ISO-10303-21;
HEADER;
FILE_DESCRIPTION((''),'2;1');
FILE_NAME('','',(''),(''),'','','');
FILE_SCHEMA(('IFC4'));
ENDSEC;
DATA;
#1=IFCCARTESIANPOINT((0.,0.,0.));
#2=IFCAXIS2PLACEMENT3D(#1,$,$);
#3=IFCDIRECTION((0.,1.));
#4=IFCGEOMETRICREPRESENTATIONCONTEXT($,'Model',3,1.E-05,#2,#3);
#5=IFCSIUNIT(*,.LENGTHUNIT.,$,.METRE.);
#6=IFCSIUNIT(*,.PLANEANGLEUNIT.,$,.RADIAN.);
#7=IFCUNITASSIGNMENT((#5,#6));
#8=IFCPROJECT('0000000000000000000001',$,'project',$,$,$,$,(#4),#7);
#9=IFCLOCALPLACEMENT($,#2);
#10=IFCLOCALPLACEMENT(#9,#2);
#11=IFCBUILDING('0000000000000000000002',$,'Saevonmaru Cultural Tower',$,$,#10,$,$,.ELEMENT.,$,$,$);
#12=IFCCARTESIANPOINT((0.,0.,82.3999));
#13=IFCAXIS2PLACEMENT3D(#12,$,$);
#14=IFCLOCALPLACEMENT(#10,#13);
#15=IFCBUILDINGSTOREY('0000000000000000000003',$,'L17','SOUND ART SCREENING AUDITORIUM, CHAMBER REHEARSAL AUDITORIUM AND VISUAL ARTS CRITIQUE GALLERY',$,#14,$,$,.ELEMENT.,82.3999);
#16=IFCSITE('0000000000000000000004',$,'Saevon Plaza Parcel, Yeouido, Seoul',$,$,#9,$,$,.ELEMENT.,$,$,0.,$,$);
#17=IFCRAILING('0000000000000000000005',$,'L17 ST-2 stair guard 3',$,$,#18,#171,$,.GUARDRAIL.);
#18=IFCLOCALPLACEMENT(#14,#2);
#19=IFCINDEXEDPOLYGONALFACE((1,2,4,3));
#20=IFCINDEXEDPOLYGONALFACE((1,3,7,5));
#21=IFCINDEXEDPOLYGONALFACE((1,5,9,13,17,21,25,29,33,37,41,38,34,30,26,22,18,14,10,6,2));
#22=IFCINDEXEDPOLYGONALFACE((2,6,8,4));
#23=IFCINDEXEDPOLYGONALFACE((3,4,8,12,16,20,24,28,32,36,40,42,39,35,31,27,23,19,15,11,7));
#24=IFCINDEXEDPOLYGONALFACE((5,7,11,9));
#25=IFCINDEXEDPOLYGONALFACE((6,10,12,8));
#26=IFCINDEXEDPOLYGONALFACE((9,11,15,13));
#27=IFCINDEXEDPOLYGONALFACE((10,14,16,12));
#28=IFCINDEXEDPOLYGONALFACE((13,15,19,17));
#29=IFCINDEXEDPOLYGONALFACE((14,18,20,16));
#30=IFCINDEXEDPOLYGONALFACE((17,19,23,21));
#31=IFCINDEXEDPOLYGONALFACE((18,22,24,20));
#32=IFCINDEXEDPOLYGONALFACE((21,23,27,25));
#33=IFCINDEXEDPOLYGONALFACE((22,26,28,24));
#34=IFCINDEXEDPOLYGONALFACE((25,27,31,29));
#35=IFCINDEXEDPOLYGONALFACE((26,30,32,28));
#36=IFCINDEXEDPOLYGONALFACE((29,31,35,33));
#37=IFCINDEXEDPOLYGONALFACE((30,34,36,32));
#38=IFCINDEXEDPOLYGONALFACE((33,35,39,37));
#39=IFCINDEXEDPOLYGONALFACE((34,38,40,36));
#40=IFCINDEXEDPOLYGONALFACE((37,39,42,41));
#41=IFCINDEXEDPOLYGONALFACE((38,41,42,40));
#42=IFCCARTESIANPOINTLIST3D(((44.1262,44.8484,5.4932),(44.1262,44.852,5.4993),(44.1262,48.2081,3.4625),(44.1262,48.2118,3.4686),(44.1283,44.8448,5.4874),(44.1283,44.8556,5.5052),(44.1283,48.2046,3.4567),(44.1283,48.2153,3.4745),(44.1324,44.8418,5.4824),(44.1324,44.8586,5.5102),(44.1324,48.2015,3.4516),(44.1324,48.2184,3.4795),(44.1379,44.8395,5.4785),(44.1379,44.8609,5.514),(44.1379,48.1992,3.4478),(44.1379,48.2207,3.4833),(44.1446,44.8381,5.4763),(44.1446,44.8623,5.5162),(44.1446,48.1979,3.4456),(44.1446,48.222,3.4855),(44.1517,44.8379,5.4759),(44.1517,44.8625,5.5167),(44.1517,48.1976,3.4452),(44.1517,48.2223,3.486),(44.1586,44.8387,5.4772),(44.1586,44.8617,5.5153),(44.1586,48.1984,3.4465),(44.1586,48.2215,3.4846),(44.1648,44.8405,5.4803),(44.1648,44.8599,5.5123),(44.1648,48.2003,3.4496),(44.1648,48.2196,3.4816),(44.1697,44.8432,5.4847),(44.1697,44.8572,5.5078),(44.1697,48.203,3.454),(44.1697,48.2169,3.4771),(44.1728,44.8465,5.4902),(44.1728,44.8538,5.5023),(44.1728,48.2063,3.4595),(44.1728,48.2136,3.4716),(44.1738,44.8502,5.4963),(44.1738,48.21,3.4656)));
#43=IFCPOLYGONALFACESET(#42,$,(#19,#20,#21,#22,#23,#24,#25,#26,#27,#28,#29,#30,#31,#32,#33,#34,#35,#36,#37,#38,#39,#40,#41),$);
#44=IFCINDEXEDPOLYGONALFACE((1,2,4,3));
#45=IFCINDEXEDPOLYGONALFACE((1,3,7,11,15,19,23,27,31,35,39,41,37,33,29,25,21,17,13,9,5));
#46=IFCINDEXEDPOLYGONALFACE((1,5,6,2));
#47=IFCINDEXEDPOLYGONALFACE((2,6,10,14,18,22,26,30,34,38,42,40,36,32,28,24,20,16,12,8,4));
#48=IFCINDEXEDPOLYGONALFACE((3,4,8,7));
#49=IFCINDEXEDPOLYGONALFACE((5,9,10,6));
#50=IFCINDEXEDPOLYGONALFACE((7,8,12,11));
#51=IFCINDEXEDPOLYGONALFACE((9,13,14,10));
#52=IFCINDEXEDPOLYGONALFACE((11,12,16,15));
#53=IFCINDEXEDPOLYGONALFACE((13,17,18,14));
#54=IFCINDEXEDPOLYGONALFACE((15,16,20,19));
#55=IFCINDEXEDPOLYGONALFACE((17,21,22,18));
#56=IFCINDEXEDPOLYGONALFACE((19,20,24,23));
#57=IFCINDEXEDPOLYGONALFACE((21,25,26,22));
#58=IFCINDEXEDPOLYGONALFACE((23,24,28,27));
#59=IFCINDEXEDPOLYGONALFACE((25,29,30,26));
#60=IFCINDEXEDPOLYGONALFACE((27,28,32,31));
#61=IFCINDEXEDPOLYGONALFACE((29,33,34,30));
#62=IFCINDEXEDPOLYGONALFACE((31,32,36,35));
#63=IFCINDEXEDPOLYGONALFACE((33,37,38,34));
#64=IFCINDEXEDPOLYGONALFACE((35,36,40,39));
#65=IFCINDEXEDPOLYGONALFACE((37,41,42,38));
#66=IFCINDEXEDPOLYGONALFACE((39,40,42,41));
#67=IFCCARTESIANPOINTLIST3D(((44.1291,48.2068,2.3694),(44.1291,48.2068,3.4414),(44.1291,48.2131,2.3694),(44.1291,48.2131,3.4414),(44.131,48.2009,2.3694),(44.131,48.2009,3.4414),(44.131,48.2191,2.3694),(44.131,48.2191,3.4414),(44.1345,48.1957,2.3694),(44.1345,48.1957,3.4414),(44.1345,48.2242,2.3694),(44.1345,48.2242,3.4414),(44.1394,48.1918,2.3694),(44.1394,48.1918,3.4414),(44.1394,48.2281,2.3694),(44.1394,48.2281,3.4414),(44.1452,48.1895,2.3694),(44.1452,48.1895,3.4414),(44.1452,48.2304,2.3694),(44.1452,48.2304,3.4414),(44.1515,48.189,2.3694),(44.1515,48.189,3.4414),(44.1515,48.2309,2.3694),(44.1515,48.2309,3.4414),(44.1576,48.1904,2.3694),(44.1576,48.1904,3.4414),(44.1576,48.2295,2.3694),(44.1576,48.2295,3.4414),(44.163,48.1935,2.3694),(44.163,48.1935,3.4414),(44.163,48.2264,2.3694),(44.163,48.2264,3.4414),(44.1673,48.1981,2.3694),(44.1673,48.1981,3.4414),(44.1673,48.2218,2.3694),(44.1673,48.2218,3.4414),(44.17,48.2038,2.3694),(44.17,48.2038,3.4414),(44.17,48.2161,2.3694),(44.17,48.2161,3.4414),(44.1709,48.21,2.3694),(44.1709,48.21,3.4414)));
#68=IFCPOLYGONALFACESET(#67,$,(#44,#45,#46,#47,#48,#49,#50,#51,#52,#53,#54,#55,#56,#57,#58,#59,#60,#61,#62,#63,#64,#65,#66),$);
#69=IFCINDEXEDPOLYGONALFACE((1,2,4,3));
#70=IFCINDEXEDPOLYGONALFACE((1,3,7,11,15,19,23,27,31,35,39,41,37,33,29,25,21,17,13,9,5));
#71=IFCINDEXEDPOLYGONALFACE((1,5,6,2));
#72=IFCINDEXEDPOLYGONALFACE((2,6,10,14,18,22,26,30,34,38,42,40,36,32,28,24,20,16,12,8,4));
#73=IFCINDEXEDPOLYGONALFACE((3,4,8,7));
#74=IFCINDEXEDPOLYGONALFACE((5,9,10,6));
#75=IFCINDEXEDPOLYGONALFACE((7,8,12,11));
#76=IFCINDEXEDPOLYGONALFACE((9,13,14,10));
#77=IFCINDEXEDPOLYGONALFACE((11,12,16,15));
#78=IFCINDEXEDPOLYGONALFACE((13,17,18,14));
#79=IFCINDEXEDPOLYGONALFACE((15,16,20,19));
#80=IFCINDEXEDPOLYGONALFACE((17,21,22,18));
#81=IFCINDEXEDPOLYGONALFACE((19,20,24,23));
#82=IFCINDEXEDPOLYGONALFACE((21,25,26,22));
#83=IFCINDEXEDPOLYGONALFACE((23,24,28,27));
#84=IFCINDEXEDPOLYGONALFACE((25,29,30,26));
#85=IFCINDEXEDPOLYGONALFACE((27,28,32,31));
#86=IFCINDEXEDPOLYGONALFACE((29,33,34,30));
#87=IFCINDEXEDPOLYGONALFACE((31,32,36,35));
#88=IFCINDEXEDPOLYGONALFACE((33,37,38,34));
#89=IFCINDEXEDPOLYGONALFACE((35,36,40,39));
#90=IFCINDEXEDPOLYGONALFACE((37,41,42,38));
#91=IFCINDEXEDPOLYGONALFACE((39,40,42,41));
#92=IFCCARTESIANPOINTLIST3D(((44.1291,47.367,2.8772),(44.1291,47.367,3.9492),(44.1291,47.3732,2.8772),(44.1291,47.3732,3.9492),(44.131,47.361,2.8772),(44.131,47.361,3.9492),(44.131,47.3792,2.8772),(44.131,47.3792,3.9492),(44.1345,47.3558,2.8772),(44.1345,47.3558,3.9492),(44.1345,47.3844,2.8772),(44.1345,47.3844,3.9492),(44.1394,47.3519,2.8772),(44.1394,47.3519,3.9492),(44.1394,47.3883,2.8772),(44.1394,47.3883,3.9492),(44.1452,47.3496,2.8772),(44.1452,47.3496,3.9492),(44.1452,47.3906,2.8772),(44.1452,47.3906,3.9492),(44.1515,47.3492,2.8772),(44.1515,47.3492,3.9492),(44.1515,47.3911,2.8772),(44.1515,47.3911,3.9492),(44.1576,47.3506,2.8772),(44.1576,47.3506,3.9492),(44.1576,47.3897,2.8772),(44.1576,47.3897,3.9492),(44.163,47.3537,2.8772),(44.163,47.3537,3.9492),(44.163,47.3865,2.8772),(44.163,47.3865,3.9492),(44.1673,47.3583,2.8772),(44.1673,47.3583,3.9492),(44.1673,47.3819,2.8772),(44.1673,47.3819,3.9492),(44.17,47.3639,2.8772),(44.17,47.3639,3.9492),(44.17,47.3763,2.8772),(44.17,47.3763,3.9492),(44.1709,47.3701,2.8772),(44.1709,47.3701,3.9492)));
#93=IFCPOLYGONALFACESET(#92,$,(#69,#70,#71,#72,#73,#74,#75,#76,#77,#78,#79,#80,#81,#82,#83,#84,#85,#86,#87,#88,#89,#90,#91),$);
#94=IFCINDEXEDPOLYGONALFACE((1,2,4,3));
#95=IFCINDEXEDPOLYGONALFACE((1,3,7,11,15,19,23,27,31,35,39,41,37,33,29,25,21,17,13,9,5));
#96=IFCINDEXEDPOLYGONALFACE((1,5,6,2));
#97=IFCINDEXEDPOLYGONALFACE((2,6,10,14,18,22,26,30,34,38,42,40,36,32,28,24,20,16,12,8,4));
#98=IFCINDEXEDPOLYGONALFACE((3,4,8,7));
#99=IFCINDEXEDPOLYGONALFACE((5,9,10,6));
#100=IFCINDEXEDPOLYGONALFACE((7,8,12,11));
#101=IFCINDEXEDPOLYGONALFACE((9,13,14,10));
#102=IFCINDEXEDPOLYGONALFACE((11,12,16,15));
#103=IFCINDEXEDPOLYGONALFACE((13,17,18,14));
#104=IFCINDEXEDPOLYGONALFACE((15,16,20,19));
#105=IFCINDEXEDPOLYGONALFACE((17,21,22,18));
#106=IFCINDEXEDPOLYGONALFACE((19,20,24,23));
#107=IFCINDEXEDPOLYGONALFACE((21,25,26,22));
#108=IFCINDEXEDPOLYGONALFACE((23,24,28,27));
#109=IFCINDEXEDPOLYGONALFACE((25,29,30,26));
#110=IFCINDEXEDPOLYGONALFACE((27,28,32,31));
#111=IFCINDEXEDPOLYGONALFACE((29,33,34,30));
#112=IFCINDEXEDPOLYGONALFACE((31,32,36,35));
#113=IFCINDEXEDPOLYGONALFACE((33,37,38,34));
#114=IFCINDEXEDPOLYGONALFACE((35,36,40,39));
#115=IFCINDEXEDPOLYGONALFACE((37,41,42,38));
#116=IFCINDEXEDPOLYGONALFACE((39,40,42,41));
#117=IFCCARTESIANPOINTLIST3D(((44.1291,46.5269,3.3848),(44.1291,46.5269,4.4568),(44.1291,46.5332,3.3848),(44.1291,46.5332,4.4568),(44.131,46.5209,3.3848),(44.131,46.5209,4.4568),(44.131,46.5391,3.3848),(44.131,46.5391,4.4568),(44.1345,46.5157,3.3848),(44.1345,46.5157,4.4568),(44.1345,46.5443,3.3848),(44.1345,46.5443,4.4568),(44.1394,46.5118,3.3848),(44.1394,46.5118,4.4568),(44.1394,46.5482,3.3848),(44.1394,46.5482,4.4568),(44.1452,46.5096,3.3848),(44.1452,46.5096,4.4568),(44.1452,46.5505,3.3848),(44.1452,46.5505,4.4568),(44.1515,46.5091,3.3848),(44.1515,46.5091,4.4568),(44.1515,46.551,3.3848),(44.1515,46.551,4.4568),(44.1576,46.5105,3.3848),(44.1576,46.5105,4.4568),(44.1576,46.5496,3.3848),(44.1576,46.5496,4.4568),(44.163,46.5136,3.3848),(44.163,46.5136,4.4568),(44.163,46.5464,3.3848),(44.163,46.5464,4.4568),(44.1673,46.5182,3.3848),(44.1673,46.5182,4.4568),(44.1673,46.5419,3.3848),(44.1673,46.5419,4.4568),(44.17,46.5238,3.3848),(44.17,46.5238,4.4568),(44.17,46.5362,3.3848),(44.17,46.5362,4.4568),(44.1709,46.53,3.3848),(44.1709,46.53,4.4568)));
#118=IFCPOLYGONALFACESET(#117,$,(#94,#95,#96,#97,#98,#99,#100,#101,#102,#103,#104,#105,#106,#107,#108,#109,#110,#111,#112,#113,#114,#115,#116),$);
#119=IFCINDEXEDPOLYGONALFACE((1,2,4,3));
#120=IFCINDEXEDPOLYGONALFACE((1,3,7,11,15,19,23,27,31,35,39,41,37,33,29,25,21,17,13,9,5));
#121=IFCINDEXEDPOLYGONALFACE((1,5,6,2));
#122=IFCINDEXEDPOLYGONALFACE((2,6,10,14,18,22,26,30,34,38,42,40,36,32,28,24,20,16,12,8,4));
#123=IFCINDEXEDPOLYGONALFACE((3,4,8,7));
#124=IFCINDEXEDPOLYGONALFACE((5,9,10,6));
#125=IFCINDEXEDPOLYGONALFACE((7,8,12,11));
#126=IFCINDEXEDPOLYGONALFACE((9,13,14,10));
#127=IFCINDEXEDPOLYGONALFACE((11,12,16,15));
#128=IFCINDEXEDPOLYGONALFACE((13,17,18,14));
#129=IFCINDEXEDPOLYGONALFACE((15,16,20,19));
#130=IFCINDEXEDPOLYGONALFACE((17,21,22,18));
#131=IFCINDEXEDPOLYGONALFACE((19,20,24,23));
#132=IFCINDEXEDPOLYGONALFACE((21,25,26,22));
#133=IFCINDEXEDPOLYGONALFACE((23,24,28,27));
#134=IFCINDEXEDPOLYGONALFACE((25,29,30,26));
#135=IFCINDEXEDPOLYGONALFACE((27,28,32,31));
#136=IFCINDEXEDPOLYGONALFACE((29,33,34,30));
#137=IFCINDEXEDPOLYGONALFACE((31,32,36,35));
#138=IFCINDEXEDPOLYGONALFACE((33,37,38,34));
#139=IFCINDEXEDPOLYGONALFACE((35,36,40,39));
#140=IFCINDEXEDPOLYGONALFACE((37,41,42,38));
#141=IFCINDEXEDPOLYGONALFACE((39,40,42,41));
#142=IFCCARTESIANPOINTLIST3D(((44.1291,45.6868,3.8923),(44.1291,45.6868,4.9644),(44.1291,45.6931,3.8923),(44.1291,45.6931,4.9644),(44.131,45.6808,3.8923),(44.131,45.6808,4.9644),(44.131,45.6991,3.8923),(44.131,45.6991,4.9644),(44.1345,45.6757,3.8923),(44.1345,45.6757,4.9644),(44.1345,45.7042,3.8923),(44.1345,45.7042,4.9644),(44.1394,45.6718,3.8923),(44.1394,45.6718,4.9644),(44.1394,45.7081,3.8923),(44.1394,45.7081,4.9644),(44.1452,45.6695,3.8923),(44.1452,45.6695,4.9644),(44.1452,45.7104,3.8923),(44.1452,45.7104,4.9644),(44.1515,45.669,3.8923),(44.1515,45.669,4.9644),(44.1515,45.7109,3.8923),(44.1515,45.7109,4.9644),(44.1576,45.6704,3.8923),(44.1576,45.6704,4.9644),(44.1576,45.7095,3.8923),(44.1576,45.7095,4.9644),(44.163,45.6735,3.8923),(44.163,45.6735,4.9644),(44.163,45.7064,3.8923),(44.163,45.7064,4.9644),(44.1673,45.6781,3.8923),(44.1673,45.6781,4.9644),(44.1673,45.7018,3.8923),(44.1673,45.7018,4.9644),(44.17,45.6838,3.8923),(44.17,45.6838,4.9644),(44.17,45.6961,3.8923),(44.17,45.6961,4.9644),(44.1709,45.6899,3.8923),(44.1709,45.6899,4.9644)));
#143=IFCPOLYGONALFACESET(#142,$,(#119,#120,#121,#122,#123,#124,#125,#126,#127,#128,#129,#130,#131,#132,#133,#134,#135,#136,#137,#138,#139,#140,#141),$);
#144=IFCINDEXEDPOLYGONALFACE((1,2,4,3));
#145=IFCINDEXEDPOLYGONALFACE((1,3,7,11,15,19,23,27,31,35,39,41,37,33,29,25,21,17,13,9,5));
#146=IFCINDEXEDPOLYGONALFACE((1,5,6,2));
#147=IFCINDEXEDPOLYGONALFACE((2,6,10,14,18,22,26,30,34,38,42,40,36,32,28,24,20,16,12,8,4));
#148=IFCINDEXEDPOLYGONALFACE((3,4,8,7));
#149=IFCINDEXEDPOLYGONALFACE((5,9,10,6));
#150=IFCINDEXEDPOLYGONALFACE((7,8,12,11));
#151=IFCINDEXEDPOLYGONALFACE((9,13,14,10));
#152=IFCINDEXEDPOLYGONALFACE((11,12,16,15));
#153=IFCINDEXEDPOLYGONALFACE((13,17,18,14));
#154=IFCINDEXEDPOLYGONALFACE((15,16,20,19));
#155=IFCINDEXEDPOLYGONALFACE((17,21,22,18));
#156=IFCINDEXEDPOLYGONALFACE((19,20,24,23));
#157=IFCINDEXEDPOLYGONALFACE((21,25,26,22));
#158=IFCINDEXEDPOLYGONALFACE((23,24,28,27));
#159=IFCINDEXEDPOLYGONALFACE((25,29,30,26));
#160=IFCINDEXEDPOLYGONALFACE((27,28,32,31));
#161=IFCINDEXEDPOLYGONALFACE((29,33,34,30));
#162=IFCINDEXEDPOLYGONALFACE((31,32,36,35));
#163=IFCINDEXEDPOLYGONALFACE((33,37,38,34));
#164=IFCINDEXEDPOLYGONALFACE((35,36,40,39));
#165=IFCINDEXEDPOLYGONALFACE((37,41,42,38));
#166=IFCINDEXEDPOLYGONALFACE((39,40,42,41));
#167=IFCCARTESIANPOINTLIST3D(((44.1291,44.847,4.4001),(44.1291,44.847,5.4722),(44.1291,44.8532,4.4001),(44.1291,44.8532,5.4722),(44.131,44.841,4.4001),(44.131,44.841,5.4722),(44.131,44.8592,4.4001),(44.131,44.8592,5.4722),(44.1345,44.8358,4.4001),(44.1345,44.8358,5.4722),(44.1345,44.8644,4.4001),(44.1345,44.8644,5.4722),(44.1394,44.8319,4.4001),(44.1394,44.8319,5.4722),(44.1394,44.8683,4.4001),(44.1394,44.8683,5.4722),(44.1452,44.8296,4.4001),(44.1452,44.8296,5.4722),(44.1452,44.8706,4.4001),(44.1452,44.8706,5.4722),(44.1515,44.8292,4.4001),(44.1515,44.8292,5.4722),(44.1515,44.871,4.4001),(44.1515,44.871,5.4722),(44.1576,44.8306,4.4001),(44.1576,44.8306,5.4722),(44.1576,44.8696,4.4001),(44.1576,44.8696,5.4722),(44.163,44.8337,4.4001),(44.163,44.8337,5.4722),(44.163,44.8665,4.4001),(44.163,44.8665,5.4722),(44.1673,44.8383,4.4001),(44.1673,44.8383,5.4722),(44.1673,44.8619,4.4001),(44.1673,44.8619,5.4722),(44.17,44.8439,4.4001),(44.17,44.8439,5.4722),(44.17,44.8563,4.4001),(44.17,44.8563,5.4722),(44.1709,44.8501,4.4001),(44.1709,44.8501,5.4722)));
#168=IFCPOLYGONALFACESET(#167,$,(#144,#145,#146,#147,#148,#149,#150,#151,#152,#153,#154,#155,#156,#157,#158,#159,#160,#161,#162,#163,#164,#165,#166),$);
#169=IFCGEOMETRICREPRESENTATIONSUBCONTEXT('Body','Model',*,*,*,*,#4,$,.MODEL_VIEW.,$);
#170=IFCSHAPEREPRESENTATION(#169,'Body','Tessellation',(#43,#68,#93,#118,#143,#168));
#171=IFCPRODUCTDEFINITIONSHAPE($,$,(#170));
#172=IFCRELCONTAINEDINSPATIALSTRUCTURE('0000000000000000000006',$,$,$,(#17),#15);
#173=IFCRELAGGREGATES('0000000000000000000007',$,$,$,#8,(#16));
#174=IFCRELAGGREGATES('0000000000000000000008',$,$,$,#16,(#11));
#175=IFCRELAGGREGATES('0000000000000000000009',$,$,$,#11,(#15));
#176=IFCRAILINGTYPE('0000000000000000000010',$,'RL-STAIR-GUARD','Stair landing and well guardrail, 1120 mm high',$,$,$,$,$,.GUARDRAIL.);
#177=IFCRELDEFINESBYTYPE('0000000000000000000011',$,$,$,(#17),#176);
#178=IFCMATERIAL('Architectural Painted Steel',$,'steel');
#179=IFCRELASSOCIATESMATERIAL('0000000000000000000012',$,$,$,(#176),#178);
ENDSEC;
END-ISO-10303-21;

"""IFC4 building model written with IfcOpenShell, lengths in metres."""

from ifc_helpers import new_model, si_unit, direction, frame, origin, origin_2d, place, context, subcontext, project, spatial, circle, extrude, material, type_object, element, save


model = new_model("IFC4")

# Units and contexts
model_context = context("Model", 3, precision=1e-05, world=origin(), true_north=direction((0.0, 1.0)))
body_context = subcontext(model_context, "Body", "Model", "MODEL_VIEW")
ifc_project = project(units=[si_unit("LENGTHUNIT", "METRE"), si_unit("PLANEANGLEUNIT", "RADIAN")], contexts=[model_context])

# Site, building, storey
site_placement = place(None, origin())
site = spatial("IfcSite", under=ifc_project, at=site_placement, Name="Saevon Plaza Parcel, Yeouido, Seoul", CompositionType="ELEMENT", RefElevation=0.0)
building_placement = place(site_placement, origin())
building = spatial("IfcBuilding", under=site, at=building_placement, Name="Saevonmaru Cultural Tower", CompositionType="ELEMENT")
storey_placement = place(building_placement, frame((0.0, 0.0, 82.3999)))
storey = spatial("IfcBuildingStorey", under=building, at=storey_placement, Name="L17", Description="SOUND ART SCREENING AUDITORIUM, CHAMBER REHEARSAL AUDITORIUM AND VISUAL ARTS CRITIQUE GALLERY", CompositionType="ELEMENT", Elevation=82.3999)

# Railing
ifc_material_1 = material(Name="Architectural Painted Steel", Category="steel")
railing_type = type_object("IfcRailingType", Name="RL-STAIR-GUARD", Description="Stair landing and well guardrail, 1120 mm high", PredefinedType="GUARDRAIL", material=ifc_material_1)
railing_1_placement = place(storey_placement, frame((44.1499, 48.21, 2.3694)))
element("IfcRailing", 1, at=railing_1_placement, inside=storey, type_object=railing_type, Name="L17 ST-2 stair guard 3", PredefinedType="GUARDRAIL", context=body_context, shape_type="SweptSolid", body=[
    extrude(circle(Radius=0.0239, at=origin_2d()), frame((0.0, 0.0, 1.0962), z_axis=(0.0, -0.85582, 0.517273), x_axis=(1.0, 0.0, 0.0)), (0.0, 0.0, 1.0), 3.9258),
    extrude(circle(Radius=0.021, at=origin_2d()), origin(), (0.0, 0.0, 1.0), 1.072),
    extrude(circle(Radius=0.021, at=origin_2d()), frame((0.0, -0.8398, 0.5078)), (0.0, 0.0, 1.0), 1.072),
    extrude(circle(Radius=0.021, at=origin_2d()), frame((0.0, -1.6799, 1.0154)), (0.0, 0.0, 1.0), 1.072),
    extrude(circle(Radius=0.021, at=origin_2d()), frame((0.0, -2.52, 1.5229)), (0.0, 0.0, 1.0), 1.072),
    extrude(circle(Radius=0.021, at=origin_2d()), frame((0.0, -3.3599, 2.0308)), (0.0, 0.0, 1.0), 1.072),
])

save(model, "model.ifc")
